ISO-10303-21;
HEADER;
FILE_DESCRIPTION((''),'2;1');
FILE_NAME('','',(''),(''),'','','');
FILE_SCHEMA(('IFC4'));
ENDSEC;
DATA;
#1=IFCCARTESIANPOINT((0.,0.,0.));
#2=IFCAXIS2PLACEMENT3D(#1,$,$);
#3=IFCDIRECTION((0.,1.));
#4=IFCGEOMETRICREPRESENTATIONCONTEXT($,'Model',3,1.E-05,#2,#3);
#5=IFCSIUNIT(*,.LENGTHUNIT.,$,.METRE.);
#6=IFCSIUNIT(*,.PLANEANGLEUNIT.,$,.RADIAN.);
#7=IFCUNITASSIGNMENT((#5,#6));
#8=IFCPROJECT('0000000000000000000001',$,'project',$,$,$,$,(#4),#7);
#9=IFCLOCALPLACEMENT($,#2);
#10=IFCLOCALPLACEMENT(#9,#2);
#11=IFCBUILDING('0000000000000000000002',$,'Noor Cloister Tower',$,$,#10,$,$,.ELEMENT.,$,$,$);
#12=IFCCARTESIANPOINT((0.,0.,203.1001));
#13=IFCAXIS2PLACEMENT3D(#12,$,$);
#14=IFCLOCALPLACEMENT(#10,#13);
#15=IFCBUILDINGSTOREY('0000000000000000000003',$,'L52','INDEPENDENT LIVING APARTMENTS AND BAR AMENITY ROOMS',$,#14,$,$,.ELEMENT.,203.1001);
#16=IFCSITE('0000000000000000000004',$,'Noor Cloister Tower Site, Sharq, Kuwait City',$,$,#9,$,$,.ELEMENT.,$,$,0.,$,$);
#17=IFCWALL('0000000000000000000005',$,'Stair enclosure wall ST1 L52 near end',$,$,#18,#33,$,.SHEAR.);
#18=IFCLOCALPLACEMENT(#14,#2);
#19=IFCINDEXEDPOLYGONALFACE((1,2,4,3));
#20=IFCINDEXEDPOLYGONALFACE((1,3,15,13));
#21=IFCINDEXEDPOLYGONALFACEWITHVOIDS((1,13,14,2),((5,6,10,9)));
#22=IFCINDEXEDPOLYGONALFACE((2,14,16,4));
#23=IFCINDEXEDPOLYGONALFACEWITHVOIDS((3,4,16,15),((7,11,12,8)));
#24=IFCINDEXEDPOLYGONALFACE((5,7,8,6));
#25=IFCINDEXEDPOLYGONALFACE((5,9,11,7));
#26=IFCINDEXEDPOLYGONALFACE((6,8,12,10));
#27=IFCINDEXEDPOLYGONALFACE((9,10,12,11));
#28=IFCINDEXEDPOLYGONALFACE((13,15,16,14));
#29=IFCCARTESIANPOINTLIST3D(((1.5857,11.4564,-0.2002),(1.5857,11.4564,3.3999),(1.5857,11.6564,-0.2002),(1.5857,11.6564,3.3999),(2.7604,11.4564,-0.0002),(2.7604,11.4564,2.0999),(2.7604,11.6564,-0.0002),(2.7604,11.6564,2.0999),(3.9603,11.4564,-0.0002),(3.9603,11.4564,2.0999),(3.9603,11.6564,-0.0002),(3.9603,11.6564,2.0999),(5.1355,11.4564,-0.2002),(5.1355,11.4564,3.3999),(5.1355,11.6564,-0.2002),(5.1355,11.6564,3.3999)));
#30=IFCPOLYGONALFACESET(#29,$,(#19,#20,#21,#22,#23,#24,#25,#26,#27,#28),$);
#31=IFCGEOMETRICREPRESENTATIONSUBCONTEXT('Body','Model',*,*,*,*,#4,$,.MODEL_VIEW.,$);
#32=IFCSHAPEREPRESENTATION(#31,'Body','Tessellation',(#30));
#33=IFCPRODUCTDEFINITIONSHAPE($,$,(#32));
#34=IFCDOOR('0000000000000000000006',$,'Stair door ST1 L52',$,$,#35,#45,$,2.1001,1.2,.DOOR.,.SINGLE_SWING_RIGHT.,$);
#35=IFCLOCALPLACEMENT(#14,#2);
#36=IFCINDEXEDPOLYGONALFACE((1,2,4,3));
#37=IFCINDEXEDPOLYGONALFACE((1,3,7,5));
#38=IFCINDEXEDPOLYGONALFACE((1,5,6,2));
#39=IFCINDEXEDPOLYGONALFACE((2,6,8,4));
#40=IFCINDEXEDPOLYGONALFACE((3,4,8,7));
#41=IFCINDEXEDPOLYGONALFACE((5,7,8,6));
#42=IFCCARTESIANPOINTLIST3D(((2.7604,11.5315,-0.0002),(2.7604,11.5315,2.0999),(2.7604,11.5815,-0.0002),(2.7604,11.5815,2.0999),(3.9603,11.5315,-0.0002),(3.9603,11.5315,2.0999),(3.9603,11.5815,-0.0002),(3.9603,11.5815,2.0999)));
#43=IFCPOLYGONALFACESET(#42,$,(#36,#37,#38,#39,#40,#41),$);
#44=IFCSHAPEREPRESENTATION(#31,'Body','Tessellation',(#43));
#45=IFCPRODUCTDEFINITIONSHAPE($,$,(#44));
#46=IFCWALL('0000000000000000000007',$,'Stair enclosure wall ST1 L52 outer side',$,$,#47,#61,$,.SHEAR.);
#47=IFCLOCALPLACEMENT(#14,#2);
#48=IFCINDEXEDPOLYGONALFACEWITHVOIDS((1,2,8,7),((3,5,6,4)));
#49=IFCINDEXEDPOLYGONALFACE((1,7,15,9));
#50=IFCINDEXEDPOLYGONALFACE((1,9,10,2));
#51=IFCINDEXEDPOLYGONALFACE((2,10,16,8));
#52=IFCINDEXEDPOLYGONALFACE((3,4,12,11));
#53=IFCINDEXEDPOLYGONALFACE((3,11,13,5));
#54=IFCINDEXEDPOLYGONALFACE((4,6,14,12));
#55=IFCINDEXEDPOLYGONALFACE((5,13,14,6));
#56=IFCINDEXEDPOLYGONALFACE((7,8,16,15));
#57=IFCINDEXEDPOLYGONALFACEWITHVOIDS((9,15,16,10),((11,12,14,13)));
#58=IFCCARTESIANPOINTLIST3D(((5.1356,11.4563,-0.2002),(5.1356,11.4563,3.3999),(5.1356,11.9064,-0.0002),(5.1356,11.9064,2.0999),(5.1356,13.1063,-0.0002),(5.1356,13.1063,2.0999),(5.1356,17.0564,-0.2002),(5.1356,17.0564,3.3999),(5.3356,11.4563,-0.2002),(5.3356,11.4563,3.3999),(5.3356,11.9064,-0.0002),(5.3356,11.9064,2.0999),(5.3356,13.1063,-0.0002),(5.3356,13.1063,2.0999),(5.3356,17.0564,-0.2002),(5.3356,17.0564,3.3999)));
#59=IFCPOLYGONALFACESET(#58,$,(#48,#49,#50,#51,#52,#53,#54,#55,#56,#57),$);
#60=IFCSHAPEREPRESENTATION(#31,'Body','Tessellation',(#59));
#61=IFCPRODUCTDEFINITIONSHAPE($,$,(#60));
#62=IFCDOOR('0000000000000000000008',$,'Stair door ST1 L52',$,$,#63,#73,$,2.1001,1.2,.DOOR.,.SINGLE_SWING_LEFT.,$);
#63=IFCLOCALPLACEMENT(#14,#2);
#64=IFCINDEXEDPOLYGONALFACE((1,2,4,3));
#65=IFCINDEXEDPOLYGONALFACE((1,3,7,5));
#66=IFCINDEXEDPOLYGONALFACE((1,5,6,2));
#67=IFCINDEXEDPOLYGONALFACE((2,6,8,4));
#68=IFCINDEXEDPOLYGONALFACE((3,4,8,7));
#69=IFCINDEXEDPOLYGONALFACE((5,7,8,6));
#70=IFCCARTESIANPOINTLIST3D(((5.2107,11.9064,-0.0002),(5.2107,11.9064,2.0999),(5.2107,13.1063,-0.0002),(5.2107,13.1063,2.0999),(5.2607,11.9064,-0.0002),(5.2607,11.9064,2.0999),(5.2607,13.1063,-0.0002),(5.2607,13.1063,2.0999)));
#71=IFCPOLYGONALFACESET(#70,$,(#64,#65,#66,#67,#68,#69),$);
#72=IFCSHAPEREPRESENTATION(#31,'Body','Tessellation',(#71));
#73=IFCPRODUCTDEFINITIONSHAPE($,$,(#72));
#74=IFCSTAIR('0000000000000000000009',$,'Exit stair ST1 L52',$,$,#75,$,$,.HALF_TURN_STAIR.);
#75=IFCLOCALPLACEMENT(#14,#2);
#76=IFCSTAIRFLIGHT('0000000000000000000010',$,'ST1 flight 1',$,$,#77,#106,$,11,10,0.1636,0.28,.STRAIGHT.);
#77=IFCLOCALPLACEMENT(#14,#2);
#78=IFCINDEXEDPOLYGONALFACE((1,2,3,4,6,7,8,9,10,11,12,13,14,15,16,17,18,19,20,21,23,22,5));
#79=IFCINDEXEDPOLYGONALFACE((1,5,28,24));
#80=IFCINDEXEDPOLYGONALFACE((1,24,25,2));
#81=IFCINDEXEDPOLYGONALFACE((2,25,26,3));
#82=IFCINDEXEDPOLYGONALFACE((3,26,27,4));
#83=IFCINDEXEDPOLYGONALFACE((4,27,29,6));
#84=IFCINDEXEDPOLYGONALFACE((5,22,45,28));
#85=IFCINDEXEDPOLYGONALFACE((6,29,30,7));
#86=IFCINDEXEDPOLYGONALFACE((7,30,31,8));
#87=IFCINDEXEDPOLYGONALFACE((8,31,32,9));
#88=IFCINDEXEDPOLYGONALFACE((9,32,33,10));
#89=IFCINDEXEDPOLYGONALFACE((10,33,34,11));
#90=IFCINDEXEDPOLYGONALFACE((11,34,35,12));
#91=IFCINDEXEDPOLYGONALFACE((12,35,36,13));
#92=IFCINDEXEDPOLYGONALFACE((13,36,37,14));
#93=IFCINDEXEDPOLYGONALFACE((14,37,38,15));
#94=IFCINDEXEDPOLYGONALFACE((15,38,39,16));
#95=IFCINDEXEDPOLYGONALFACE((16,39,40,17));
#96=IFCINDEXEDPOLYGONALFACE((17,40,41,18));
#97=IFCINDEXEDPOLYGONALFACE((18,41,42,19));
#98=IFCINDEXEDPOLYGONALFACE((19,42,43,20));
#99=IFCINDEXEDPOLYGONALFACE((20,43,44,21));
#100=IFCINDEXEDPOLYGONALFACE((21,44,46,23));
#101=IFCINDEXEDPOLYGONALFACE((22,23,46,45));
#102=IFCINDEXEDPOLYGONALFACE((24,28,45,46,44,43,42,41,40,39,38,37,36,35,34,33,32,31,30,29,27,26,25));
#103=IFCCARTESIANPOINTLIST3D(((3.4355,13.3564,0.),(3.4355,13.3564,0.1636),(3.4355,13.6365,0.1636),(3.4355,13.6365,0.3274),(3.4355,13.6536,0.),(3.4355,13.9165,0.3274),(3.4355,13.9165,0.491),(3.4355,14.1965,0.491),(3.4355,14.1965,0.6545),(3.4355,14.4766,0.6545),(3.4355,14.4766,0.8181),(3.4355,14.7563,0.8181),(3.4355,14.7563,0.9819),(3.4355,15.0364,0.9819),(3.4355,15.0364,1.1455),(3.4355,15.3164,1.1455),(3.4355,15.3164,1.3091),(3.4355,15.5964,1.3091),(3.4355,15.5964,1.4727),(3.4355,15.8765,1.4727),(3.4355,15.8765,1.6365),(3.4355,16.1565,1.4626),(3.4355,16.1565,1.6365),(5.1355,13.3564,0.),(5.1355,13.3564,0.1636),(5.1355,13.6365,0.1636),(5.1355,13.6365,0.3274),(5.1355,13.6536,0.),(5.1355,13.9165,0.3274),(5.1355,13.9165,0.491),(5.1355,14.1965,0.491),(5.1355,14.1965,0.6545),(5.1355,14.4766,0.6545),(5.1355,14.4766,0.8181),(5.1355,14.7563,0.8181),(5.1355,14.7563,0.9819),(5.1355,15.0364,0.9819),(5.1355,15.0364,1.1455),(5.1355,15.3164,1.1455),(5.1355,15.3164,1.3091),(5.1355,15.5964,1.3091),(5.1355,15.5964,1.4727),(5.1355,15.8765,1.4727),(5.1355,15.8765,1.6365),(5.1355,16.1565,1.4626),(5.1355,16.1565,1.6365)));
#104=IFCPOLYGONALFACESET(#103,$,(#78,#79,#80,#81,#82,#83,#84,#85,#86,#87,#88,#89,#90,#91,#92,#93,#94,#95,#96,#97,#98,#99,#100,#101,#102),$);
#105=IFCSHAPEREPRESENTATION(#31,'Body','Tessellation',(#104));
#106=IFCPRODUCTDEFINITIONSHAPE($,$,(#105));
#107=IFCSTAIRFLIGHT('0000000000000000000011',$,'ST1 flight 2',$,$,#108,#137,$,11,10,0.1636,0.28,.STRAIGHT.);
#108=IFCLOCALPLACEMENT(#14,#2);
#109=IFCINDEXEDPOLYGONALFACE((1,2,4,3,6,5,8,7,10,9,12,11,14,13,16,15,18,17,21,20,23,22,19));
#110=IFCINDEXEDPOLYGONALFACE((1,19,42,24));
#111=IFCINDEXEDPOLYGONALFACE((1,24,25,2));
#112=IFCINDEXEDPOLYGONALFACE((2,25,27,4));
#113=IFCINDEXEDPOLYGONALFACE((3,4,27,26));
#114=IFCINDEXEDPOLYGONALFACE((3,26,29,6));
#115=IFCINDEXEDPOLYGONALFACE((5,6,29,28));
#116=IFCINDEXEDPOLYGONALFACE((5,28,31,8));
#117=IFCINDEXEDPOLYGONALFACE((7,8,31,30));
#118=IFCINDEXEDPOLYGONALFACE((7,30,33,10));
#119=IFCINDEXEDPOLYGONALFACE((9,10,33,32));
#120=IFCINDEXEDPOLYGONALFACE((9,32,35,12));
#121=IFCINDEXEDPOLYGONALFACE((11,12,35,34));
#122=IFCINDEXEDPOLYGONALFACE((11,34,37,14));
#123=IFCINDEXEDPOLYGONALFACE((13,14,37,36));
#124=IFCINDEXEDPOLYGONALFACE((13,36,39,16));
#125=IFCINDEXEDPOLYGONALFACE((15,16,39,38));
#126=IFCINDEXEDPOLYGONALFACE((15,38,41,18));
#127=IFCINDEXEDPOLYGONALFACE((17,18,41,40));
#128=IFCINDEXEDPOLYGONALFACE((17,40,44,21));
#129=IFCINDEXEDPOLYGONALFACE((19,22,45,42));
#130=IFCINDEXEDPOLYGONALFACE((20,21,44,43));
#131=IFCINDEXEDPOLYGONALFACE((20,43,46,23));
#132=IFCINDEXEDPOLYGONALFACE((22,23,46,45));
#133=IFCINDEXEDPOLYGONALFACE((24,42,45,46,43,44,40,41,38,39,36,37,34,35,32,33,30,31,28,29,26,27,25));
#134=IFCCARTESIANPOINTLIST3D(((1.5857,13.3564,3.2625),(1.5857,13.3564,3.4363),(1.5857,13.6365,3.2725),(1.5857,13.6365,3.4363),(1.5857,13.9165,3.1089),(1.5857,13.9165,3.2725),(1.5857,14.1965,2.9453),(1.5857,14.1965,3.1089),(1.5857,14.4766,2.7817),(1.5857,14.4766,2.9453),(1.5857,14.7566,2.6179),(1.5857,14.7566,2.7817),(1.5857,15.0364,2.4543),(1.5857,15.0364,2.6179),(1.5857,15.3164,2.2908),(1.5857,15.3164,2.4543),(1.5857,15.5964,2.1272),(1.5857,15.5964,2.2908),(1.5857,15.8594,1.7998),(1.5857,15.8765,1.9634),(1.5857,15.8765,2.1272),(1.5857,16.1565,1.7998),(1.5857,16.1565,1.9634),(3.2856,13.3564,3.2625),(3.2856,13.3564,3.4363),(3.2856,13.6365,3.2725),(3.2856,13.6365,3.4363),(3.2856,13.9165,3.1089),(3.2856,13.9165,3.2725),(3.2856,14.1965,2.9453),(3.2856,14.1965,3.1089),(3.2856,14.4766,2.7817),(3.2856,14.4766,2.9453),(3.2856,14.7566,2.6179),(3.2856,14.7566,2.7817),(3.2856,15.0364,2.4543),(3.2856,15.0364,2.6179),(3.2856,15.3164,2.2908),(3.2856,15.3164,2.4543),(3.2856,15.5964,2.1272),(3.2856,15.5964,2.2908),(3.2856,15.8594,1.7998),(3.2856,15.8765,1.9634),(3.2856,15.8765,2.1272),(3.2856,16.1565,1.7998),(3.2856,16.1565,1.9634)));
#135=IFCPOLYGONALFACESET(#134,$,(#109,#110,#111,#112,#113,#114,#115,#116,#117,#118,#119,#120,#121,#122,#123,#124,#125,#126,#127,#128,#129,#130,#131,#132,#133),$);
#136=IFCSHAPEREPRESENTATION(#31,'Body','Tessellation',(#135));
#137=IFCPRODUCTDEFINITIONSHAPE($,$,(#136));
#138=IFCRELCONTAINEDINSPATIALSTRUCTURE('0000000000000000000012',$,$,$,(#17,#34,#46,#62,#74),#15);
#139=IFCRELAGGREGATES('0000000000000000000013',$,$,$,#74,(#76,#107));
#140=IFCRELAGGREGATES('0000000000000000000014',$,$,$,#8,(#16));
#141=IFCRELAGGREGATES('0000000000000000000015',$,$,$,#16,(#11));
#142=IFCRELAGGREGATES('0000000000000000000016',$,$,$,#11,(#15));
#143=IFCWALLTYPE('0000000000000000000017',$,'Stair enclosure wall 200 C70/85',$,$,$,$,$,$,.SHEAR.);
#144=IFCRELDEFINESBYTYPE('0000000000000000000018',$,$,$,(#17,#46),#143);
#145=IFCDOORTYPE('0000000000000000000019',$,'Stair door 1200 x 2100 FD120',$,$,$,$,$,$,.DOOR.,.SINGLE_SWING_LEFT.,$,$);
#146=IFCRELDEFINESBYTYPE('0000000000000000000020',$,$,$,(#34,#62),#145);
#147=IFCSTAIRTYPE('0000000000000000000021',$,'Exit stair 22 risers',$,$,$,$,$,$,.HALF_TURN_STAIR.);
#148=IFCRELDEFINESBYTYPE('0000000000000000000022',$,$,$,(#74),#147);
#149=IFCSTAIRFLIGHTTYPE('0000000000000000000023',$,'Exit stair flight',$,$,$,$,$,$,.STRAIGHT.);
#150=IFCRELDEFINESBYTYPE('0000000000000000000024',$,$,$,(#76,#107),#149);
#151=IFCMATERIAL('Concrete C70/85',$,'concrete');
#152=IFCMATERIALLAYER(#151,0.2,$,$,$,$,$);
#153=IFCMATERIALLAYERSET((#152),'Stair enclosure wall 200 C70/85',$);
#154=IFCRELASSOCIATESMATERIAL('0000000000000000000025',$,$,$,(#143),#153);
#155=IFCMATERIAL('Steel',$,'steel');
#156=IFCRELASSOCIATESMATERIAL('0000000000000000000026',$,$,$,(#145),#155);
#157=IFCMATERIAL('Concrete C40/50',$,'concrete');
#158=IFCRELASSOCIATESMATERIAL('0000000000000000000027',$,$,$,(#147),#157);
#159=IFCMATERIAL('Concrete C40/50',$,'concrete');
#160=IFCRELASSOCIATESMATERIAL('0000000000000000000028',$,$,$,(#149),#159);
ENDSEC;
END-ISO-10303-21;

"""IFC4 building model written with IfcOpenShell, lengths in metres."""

from ifc_helpers import new_model, si_unit, direction, frame, frame_2d, origin, place, context, subcontext, project, spatial, polyline, rectangle, outline, extrude, material, layer, layer_set, type_object, element, fill, aggregate, save


model = new_model("IFC4")

# Units and contexts
model_context = context("Model", 3, precision=1e-05, world=origin(), true_north=direction((0.0, 1.0)))
body_context = subcontext(model_context, "Body", "Model", "MODEL_VIEW")
ifc_project = project(units=[si_unit("LENGTHUNIT", "METRE"), si_unit("PLANEANGLEUNIT", "RADIAN")], contexts=[model_context])

# Site, building, storey
site_placement = place(None, origin())
site = spatial("IfcSite", under=ifc_project, at=site_placement, Name="Noor Cloister Tower Site, Sharq, Kuwait City", CompositionType="ELEMENT", RefElevation=0.0)
building_placement = place(site_placement, origin())
building = spatial("IfcBuilding", under=site, at=building_placement, Name="Noor Cloister Tower", CompositionType="ELEMENT")
storey_placement = place(building_placement, frame((0.0, 0.0, 203.1001)))
storey = spatial("IfcBuildingStorey", under=building, at=storey_placement, Name="L52", Description="INDEPENDENT LIVING APARTMENTS AND BAR AMENITY ROOMS", CompositionType="ELEMENT", Elevation=203.1001)

# Walls, openings, doors
ifc_material_1 = material(Name="Concrete C70/85", Category="concrete")
ifc_layer_1 = layer(ifc_material_1, 0.2)
ifc_layer_set_1 = layer_set([ifc_layer_1], Name="Stair enclosure wall 200 C70/85")
wall_type_1 = type_object("IfcWallType", Name="Stair enclosure wall 200 C70/85", PredefinedType="SHEAR", material=ifc_layer_set_1)
wall_1_placement = place(storey_placement, frame((5.1355, 11.5564, -0.2002), z_axis=(0.0, 0.0, 1.0), x_axis=(-1.0, 0.0, 0.0)))
wall_1 = element("IfcWall", 1, at=wall_1_placement, inside=storey, type_object=wall_type_1, Name="Stair enclosure wall ST1 L52 near end", PredefinedType="SHEAR", context=body_context, shape_type="SweptSolid", body=[
    extrude(rectangle(XDim=3.5498, YDim=0.2, at=frame_2d((1.7749, 0.0))), origin(), (0.0, 0.0, 1.0), 3.6001),
])
opening_1_placement = place(wall_1_placement, frame((1.175, 0.0, 0.2)))
opening_1 = element("IfcOpeningElement", 2, at=opening_1_placement, cuts=wall_1, PredefinedType="OPENING", context=body_context, shape_type="SweptSolid", body=[
    extrude(rectangle(XDim=1.2, YDim=2.1001, at=frame_2d((0.6001, 1.05))), frame((0.0, 0.1099, 0.0), z_axis=(0.0, -1.0, 0.0), x_axis=(1.0, 0.0, 0.0)), (0.0, 0.0, 1.0), 0.22),
])
ifc_material_2 = material(Name="Steel", Category="steel")
door_type_1 = type_object("IfcDoorType", Name="Stair door 1200 x 2100 FD120", OperationType="SINGLE_SWING_LEFT", PredefinedType="DOOR", material=ifc_material_2)
door_1_placement = place(opening_1_placement, origin())
door_1 = element("IfcDoor", 3, at=door_1_placement, inside=storey, type_object=door_type_1, Name="Stair door ST1 L52", OperationType="SINGLE_SWING_RIGHT", OverallHeight=2.1001, OverallWidth=1.2, PredefinedType="DOOR", context=body_context, shape_type="SweptSolid", body=[
    extrude(rectangle(XDim=1.2, YDim=2.1001, at=frame_2d((0.6001, 1.05))), frame((0.0, 0.0249, 0.0), z_axis=(0.0, -1.0, 0.0), x_axis=(1.0, 0.0, 0.0)), (0.0, 0.0, 1.0), 0.05),
])
fill(opening_1, door_1)
wall_2_placement = place(storey_placement, frame((5.2356, 11.4563, -0.2002), z_axis=(0.0, 0.0, 1.0), x_axis=(0.0, 1.0, 0.0)))
wall_2 = element("IfcWall", 4, at=wall_2_placement, inside=storey, type_object=wall_type_1, Name="Stair enclosure wall ST1 L52 outer side", PredefinedType="SHEAR", context=body_context, shape_type="SweptSolid", body=[
    extrude(rectangle(XDim=5.6001, YDim=0.2, at=frame_2d((2.8, 0.0))), origin(), (0.0, 0.0, 1.0), 3.6001),
])
opening_2_placement = place(wall_2_placement, frame((0.45, 0.0, 0.2)))
opening_2 = element("IfcOpeningElement", 5, at=opening_2_placement, cuts=wall_2, PredefinedType="OPENING", context=body_context, shape_type="SweptSolid", body=[
    extrude(rectangle(XDim=1.2, YDim=2.1001, at=frame_2d((0.6001, 1.05))), frame((0.0, 0.1099, 0.0), z_axis=(0.0, -1.0, 0.0), x_axis=(1.0, 0.0, 0.0)), (0.0, 0.0, 1.0), 0.22),
])
door_2_placement = place(opening_2_placement, origin())
door_2 = element("IfcDoor", 6, at=door_2_placement, inside=storey, type_object=door_type_1, Name="Stair door ST1 L52", OperationType="SINGLE_SWING_LEFT", OverallHeight=2.1001, OverallWidth=1.2, PredefinedType="DOOR", context=body_context, shape_type="SweptSolid", body=[
    extrude(rectangle(XDim=1.2, YDim=2.1001, at=frame_2d((0.6001, 1.05))), frame((0.0, 0.0249, 0.0), z_axis=(0.0, -1.0, 0.0), x_axis=(1.0, 0.0, 0.0)), (0.0, 0.0, 1.0), 0.05),
])
fill(opening_2, door_2)

# Stair, stair flights
ifc_material_3 = material(Name="Concrete C40/50", Category="concrete")
stair_type = type_object("IfcStairType", Name="Exit stair 22 risers", PredefinedType="HALF_TURN_STAIR", material=ifc_material_3)
stair_placement = place(storey_placement, origin())
stair = element("IfcStair", 7, at=stair_placement, inside=storey, type_object=stair_type, Name="Exit stair ST1 L52", PredefinedType="HALF_TURN_STAIR")
ifc_material_4 = material(Name="Concrete C40/50", Category="concrete")
stair_flight_type = type_object("IfcStairFlightType", Name="Exit stair flight", PredefinedType="STRAIGHT", material=ifc_material_4)
stair_flight_1_placement = place(storey_placement, frame((4.2856, 13.3564, 0.0), z_axis=(0.0, 0.0, 1.0), x_axis=(0.0, 1.0, 0.0)))
stair_flight_1 = element("IfcStairFlight", 8, at=stair_flight_1_placement, type_object=stair_flight_type, Name="ST1 flight 1", NumberOfRisers=11, NumberOfTreads=10, PredefinedType="STRAIGHT", RiserHeight=0.1636, TreadLength=0.28, context=body_context, shape_type="SweptSolid", body=[
    extrude(outline(polyline([(0.0, 0.0), (0.0, 0.1636), (0.28, 0.1636), (0.28, 0.3274), (0.5601, 0.3274), (0.5601, 0.491), (0.8401, 0.491), (0.8401, 0.6545), (1.1201, 0.6545), (1.1201, 0.8181), (1.3999, 0.8181), (1.3999, 0.9819), (1.6799, 0.9819), (1.6799, 1.1455), (1.96, 1.1455), (1.96, 1.3091), (2.24, 1.3091), (2.24, 1.4727), (2.52, 1.4727), (2.52, 1.6365), (2.8, 1.6365), (2.8, 1.8), (2.8, 1.4626), (0.2971, 0.0), (0.0, 0.0)])), frame((0.0, 0.8501, 0.0), z_axis=(0.0, -1.0, 0.0), x_axis=(1.0, 0.0, 0.0)), (0.0, 0.0, 1.0), 1.7),
])
stair_flight_2_placement = place(storey_placement, frame((2.4355, 16.1565, 1.7998), z_axis=(0.0, 0.0, 1.0), x_axis=(0.0, -1.0, 0.0)))
stair_flight_2 = element("IfcStairFlight", 9, at=stair_flight_2_placement, type_object=stair_flight_type, Name="ST1 flight 2", NumberOfRisers=11, NumberOfTreads=10, PredefinedType="STRAIGHT", RiserHeight=0.1636, TreadLength=0.28, context=body_context, shape_type="SweptSolid", body=[
    extrude(outline(polyline([(0.0, 0.0), (0.0, 0.1636), (0.28, 0.1636), (0.28, 0.3274), (0.5601, 0.3274), (0.5601, 0.491), (0.8401, 0.491), (0.8401, 0.6545), (1.1201, 0.6545), (1.1201, 0.8181), (1.3999, 0.8181), (1.3999, 0.9819), (1.6799, 0.9819), (1.6799, 1.1455), (1.96, 1.1455), (1.96, 1.3091), (2.24, 1.3091), (2.24, 1.4727), (2.52, 1.4727), (2.52, 1.6365), (2.8, 1.6365), (2.8, 1.8), (2.8, 1.4626), (0.2971, 0.0), (0.0, 0.0)])), frame((0.0, 0.8501, 0.0), z_axis=(0.0, -1.0, 0.0), x_axis=(1.0, 0.0, 0.0)), (0.0, 0.0, 1.0), 1.7),
])
aggregate(stair, [stair_flight_1, stair_flight_2])

save(model, "model.ifc")
